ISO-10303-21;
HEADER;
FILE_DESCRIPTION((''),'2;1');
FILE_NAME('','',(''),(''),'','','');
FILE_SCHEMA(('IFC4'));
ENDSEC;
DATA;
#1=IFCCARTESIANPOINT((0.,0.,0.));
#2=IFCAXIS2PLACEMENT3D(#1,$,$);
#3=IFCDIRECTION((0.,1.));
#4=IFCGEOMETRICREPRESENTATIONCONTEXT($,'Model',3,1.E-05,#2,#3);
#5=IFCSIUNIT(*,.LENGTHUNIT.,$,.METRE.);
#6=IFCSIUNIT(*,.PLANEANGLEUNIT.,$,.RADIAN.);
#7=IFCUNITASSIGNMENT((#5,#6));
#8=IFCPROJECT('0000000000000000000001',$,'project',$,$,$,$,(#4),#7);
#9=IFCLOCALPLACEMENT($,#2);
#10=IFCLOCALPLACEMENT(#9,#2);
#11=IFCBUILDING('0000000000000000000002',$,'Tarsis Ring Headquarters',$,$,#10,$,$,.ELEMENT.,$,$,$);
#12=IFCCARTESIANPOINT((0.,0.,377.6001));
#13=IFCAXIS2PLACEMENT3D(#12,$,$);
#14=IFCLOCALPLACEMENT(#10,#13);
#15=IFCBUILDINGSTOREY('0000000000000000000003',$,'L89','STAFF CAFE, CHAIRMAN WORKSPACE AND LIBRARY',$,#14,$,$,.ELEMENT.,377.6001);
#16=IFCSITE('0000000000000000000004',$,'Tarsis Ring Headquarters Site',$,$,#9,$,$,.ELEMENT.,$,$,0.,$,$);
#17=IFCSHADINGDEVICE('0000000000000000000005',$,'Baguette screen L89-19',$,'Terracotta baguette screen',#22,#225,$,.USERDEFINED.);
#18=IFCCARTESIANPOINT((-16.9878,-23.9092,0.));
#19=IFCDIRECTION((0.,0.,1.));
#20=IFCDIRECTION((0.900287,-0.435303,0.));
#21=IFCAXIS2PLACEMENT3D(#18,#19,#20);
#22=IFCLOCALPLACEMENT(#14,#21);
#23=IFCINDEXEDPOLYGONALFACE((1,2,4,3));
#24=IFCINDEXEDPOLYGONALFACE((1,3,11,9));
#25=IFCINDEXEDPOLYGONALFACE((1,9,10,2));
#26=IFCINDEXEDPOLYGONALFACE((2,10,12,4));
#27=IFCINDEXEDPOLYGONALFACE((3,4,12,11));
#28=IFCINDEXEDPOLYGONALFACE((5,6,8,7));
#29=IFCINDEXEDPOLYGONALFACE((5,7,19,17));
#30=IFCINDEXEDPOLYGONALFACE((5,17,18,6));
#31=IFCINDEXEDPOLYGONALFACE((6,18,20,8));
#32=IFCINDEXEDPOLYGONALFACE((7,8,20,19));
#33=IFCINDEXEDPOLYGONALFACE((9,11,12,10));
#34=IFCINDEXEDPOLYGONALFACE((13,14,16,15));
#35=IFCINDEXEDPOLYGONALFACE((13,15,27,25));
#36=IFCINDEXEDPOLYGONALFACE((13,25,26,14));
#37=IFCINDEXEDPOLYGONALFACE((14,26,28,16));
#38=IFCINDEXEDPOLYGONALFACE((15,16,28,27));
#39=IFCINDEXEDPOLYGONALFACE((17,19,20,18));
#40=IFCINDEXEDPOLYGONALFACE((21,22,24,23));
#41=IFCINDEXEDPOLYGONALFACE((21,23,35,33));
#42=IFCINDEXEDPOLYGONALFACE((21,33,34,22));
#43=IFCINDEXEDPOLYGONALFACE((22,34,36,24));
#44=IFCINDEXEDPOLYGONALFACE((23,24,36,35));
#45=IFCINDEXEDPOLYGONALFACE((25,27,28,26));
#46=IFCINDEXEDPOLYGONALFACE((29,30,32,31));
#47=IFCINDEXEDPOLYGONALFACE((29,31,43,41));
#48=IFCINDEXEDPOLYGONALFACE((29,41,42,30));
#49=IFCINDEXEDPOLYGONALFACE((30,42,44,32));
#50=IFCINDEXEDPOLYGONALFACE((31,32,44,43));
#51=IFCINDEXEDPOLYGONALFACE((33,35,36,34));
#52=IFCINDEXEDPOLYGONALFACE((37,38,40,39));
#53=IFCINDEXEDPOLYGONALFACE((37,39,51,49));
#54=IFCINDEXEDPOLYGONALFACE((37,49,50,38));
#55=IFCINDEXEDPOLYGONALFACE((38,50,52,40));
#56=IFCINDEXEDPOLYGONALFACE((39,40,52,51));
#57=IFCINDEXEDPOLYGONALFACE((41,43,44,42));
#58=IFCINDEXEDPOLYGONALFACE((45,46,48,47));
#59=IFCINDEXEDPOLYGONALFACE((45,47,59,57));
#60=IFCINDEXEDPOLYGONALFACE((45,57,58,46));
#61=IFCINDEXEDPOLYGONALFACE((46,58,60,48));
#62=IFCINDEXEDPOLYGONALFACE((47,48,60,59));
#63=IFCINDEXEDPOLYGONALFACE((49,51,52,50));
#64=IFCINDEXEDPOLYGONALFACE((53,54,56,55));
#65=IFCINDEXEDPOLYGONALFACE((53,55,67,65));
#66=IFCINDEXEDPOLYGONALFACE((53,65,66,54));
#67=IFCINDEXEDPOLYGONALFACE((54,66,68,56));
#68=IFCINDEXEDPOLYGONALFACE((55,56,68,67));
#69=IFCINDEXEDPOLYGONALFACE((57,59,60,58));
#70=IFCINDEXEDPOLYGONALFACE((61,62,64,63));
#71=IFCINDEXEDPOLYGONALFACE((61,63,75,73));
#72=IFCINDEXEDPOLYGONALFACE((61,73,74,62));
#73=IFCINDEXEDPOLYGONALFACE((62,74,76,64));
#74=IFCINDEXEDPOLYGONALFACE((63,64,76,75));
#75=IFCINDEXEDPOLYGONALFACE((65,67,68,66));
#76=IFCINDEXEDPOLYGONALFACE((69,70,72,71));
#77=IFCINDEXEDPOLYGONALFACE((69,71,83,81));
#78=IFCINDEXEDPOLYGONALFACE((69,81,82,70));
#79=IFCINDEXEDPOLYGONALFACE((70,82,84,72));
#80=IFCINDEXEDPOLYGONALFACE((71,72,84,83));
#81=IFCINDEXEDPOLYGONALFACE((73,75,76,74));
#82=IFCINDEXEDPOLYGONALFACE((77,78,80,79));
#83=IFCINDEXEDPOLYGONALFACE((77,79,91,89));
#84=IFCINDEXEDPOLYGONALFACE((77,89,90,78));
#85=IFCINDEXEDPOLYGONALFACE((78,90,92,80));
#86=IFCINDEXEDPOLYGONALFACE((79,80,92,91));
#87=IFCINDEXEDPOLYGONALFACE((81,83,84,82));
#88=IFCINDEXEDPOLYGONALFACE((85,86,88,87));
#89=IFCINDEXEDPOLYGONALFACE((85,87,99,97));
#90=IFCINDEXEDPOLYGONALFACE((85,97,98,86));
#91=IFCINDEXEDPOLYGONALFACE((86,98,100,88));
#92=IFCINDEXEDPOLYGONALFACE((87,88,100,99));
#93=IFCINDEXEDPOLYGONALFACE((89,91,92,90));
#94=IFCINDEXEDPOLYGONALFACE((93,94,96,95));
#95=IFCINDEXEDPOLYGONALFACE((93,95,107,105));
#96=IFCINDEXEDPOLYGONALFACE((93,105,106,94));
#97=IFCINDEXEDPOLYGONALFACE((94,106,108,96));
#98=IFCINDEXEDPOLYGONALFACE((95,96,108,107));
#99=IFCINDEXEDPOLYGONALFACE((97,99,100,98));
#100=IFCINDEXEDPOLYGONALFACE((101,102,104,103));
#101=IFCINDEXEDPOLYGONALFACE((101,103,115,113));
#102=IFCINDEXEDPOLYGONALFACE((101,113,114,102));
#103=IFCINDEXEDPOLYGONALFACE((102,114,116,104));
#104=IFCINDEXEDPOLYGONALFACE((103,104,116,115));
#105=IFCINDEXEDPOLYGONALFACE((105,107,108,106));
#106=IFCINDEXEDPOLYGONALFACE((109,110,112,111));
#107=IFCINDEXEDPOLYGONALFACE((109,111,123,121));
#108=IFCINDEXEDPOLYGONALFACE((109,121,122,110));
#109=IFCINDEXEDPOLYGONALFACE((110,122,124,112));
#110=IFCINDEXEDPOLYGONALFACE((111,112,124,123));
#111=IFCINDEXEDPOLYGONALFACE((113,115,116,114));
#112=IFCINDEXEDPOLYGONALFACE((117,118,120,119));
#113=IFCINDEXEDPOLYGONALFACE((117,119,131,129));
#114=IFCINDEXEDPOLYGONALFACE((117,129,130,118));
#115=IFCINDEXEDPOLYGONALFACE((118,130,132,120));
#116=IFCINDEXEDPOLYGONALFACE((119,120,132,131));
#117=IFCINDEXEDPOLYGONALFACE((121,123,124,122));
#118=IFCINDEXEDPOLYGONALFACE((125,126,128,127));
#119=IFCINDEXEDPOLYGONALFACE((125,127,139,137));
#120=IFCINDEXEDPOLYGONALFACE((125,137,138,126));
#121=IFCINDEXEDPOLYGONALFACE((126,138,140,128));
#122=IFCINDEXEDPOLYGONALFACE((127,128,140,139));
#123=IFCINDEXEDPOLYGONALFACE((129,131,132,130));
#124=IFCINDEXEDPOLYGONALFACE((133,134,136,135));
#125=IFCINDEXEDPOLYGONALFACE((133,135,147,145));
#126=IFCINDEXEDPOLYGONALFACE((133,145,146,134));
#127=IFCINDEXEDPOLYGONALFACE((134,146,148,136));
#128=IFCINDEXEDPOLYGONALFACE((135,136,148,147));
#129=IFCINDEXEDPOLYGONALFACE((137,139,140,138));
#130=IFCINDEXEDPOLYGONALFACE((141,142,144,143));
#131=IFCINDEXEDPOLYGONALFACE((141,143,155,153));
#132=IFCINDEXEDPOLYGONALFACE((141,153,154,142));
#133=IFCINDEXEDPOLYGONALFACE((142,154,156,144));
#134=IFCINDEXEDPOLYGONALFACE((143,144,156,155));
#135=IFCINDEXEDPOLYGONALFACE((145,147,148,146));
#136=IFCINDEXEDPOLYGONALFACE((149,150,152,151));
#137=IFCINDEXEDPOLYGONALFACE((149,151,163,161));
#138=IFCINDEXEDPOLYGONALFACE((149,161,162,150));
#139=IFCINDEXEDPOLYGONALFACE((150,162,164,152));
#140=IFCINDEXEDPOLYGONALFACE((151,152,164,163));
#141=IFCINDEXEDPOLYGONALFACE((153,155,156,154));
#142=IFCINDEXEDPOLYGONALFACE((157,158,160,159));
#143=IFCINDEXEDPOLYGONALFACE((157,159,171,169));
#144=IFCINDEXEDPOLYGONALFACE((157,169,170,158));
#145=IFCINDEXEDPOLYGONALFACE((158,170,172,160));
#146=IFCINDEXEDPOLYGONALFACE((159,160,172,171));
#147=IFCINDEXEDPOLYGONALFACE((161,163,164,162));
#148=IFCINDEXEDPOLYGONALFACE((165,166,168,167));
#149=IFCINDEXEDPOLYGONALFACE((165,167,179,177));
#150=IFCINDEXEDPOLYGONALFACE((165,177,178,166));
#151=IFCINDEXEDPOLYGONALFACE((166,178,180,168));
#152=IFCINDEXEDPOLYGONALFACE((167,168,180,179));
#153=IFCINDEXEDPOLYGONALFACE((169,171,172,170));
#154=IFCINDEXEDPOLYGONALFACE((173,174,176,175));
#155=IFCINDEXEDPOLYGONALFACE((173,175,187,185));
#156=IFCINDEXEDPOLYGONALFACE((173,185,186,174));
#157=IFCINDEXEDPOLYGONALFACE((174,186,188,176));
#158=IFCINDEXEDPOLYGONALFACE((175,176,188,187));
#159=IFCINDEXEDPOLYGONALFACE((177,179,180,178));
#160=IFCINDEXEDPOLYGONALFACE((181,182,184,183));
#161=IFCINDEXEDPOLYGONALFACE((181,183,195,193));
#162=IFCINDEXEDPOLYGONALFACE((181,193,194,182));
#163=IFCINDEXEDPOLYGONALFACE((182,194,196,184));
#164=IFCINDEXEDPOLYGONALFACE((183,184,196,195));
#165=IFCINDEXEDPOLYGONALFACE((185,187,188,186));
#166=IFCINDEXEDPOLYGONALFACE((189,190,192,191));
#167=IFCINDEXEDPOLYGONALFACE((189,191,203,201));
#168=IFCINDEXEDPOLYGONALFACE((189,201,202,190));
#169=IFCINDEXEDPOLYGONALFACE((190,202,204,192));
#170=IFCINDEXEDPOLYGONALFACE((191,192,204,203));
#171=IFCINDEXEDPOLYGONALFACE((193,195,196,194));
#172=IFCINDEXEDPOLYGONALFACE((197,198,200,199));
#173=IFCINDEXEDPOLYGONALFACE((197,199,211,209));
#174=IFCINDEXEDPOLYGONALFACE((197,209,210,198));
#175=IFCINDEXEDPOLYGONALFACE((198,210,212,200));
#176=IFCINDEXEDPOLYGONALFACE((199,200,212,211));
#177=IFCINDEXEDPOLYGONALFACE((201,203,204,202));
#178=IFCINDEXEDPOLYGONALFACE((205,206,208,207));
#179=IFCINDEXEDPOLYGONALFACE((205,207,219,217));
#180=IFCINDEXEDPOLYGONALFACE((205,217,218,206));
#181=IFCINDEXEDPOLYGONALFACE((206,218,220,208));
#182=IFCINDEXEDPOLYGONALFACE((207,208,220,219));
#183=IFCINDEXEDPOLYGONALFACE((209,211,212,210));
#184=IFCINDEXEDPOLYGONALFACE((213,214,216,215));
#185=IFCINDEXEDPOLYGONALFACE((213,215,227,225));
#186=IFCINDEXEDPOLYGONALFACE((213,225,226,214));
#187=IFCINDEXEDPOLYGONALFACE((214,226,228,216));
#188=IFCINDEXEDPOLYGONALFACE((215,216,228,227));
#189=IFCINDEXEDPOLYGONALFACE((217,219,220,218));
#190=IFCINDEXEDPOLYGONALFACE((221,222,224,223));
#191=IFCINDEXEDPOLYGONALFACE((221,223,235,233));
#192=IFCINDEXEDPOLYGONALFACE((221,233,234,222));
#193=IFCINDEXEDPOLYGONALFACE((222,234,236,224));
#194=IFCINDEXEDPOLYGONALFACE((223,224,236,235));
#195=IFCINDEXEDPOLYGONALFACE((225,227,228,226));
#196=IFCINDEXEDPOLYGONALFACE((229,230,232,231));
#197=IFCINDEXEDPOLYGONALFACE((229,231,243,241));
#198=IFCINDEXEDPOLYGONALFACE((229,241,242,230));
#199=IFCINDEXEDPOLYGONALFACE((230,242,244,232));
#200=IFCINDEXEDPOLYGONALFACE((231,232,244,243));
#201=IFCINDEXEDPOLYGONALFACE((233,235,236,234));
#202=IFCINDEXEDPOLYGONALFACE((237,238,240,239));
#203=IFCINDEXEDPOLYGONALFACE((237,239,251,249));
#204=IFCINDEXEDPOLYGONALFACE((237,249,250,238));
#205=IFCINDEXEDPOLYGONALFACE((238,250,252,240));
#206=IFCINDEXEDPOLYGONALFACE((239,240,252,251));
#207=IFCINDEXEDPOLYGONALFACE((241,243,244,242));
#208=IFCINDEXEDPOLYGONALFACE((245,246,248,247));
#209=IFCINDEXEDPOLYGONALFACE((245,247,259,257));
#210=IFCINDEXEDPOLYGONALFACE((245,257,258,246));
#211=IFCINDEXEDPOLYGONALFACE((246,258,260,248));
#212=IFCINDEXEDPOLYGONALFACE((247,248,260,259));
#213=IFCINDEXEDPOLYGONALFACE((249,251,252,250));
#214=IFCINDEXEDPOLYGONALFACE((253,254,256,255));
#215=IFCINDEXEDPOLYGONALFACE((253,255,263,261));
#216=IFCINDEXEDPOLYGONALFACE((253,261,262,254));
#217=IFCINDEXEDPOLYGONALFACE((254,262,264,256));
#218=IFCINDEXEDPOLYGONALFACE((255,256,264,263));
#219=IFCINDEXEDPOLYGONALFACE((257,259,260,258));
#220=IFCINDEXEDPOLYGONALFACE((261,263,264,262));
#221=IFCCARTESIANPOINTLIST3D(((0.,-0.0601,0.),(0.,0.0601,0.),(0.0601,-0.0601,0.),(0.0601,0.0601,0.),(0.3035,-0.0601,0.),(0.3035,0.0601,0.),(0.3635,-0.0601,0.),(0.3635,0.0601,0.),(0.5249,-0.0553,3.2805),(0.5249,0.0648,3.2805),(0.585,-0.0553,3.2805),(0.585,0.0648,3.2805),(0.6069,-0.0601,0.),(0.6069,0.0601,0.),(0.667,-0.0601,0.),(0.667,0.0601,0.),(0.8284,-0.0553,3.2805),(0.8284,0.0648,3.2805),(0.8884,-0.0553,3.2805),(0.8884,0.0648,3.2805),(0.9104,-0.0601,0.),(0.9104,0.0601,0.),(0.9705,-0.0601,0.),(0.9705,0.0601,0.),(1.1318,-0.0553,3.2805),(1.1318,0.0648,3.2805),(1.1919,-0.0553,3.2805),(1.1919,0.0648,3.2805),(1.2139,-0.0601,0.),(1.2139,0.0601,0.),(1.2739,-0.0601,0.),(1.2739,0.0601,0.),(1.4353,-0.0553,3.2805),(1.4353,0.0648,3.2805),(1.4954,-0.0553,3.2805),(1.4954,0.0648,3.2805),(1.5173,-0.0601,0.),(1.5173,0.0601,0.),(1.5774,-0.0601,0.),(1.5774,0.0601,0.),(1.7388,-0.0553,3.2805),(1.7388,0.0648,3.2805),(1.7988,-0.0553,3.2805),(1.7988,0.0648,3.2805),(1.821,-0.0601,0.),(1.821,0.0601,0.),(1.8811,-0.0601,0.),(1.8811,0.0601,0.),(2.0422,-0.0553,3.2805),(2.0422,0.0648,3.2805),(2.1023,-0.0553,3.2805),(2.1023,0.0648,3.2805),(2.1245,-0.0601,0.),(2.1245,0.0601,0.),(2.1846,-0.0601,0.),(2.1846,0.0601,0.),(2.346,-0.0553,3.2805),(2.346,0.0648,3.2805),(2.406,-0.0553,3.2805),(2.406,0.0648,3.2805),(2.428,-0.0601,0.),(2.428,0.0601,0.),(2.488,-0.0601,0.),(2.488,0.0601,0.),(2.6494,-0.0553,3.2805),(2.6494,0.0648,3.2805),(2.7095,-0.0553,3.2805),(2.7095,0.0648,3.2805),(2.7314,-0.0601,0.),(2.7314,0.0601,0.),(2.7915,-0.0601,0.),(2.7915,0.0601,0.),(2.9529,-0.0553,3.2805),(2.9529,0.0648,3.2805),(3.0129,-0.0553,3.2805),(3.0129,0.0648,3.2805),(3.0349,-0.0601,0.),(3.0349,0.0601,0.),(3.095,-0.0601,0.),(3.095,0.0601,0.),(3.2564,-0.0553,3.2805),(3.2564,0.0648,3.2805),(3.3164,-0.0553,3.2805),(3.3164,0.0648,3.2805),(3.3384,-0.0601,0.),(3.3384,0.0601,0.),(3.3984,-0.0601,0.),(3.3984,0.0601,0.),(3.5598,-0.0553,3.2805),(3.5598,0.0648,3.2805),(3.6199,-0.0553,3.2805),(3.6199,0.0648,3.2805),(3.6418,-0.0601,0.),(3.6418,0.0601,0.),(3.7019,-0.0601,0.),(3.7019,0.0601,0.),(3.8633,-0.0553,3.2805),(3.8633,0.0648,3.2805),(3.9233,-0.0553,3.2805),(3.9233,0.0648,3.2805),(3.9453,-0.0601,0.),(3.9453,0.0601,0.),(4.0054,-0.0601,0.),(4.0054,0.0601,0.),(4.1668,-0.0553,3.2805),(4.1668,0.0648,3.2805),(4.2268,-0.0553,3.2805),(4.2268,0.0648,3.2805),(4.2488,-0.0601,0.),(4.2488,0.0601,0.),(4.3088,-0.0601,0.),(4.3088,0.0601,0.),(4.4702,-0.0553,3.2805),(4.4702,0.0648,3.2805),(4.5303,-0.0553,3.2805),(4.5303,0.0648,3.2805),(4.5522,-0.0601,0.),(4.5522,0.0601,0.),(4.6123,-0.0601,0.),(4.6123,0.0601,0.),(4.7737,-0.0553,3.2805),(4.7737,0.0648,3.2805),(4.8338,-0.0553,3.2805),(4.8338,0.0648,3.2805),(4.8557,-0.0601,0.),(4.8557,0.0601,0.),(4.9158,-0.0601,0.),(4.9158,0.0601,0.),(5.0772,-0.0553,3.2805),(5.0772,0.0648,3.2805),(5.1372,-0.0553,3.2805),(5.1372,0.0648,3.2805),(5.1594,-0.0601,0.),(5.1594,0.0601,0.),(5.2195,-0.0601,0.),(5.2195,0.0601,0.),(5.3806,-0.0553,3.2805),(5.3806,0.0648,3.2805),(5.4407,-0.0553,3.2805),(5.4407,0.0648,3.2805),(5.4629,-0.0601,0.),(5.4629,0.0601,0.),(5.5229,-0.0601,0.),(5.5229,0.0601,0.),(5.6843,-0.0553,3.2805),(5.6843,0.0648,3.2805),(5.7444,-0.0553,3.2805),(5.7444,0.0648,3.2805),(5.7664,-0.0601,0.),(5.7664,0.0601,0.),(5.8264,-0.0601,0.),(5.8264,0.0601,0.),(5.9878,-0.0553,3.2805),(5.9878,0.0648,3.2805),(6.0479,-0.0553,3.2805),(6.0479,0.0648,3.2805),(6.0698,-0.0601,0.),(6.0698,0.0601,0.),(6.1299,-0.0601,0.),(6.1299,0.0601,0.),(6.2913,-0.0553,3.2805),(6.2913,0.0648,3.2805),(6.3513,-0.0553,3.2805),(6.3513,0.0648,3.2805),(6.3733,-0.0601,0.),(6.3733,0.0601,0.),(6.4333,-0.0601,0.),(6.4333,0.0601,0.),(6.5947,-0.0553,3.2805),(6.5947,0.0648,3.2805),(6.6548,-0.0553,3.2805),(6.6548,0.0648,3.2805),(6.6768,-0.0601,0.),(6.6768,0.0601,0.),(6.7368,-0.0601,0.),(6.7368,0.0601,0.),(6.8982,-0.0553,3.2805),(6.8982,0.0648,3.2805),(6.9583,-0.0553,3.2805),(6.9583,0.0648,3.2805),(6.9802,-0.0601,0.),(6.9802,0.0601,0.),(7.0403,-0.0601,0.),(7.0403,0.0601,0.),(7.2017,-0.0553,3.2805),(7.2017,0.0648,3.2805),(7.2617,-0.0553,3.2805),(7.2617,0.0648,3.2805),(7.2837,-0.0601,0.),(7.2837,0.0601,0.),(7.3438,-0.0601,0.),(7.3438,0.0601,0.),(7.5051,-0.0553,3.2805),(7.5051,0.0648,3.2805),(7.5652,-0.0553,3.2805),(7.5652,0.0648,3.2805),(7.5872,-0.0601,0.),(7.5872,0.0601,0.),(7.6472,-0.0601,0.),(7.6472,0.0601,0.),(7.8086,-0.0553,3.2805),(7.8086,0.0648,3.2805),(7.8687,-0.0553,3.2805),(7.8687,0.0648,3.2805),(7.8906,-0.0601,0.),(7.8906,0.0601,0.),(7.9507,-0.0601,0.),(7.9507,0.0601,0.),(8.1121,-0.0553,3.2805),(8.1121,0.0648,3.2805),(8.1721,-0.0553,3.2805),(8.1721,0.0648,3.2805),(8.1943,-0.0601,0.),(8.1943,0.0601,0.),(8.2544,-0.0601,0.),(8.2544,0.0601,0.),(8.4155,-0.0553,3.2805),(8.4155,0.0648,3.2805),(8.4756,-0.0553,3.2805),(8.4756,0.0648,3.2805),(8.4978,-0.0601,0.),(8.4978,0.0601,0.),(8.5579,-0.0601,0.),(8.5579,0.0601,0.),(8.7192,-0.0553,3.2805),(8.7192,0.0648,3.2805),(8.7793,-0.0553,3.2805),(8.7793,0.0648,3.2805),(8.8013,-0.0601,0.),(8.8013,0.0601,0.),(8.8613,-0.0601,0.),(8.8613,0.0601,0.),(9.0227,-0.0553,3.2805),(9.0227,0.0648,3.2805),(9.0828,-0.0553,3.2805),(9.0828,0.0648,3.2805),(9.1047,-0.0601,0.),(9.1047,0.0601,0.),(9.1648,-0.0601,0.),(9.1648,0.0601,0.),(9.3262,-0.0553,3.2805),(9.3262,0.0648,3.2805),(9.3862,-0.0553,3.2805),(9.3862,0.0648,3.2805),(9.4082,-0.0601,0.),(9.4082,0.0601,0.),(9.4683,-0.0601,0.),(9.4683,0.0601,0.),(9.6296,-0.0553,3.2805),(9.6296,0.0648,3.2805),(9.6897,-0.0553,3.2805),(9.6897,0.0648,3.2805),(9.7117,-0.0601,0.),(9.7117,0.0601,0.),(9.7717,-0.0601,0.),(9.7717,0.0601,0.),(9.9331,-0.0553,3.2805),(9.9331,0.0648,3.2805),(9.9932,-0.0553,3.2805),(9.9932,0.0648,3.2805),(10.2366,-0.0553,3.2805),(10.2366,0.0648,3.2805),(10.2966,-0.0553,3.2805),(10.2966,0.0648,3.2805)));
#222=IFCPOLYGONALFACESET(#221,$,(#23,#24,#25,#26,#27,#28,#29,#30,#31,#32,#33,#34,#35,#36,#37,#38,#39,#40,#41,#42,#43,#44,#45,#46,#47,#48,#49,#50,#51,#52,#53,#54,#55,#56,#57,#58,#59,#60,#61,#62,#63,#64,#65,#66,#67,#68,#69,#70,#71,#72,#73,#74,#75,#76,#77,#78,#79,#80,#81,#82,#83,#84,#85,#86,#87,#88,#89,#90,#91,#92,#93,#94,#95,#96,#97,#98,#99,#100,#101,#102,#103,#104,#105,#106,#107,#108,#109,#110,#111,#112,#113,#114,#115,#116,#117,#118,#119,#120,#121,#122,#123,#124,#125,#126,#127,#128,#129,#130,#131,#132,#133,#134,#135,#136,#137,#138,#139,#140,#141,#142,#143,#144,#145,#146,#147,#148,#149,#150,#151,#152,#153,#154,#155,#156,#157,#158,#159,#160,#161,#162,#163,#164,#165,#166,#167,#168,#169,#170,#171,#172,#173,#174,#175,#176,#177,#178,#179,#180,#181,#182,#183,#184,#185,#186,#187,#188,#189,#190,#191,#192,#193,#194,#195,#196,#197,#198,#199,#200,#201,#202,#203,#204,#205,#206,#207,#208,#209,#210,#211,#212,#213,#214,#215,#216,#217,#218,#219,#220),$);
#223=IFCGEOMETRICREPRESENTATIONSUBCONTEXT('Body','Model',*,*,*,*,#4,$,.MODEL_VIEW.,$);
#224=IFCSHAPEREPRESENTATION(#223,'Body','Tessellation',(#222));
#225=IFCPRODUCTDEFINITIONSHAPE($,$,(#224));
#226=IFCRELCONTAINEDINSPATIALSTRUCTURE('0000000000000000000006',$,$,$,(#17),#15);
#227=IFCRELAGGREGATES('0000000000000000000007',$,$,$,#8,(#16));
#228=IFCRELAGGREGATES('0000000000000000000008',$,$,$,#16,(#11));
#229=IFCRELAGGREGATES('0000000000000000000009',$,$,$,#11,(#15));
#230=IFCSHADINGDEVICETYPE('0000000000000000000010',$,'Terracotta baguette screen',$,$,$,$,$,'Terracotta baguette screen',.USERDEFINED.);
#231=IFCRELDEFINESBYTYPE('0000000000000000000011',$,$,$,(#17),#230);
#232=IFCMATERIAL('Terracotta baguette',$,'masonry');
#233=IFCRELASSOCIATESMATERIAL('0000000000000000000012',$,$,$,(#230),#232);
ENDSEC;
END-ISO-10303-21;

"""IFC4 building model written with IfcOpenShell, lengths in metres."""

from ifc_helpers import new_model, si_unit, direction, frame, frame_2d, origin, place, context, subcontext, project, spatial, rectangle, composite_profile, extrude, material, type_object, element, save


model = new_model("IFC4")

# Units and contexts
model_context = context("Model", 3, precision=1e-05, world=origin(), true_north=direction((0.0, 1.0)))
body_context = subcontext(model_context, "Body", "Model", "MODEL_VIEW")
ifc_project = project(units=[si_unit("LENGTHUNIT", "METRE"), si_unit("PLANEANGLEUNIT", "RADIAN")], contexts=[model_context])

# Site, building, storey
site_placement = place(None, origin())
site = spatial("IfcSite", under=ifc_project, at=site_placement, Name="Tarsis Ring Headquarters Site", CompositionType="ELEMENT", RefElevation=0.0)
building_placement = place(site_placement, origin())
building = spatial("IfcBuilding", under=site, at=building_placement, Name="Tarsis Ring Headquarters", CompositionType="ELEMENT")
storey_placement = place(building_placement, frame((0.0, 0.0, 377.6001)))
storey = spatial("IfcBuildingStorey", under=building, at=storey_placement, Name="L89", Description="STAFF CAFE, CHAIRMAN WORKSPACE AND LIBRARY", CompositionType="ELEMENT", Elevation=377.6001)

# Shading device
ifc_material_1 = material(Name="Terracotta baguette", Category="masonry")
shading_device_type_1 = type_object("IfcShadingDeviceType", Name="Terracotta baguette screen", ElementType="Terracotta baguette screen", PredefinedType="USERDEFINED", material=ifc_material_1)
shading_device_1_placement = place(storey_placement, frame((-16.9878, -23.9092, 0.0), z_axis=(0.0, 0.0, 1.0), x_axis=(0.900287, -0.435303, 0.0)))
element("IfcShadingDevice", 1, at=shading_device_1_placement, inside=storey, type_object=shading_device_type_1, Name="Baguette screen L89-19", ObjectType="Terracotta baguette screen", PredefinedType="USERDEFINED", context=body_context, shape_type="SweptSolid", body=[
    extrude(composite_profile([rectangle(XDim=0.0601, YDim=0.1201, at=frame_2d((0.03, 0.0))), rectangle(XDim=0.0601, YDim=0.1201, at=frame_2d((0.3335, 0.0))), rectangle(XDim=0.0601, YDim=0.1201, at=frame_2d((0.637, 0.0))), rectangle(XDim=0.0601, YDim=0.1201, at=frame_2d((0.9404, 0.0))), rectangle(XDim=0.0601, YDim=0.1201, at=frame_2d((1.2439, 0.0))), rectangle(XDim=0.0601, YDim=0.1201, at=frame_2d((1.5474, 0.0))), rectangle(XDim=0.0601, YDim=0.1201, at=frame_2d((1.8511, 0.0))), rectangle(XDim=0.0601, YDim=0.1201, at=frame_2d((2.1545, 0.0))), rectangle(XDim=0.0601, YDim=0.1201, at=frame_2d((2.458, 0.0))), rectangle(XDim=0.0601, YDim=0.1201, at=frame_2d((2.7615, 0.0))), rectangle(XDim=0.0601, YDim=0.1201, at=frame_2d((3.0649, 0.0))), rectangle(XDim=0.0601, YDim=0.1201, at=frame_2d((3.3684, 0.0))), rectangle(XDim=0.0601, YDim=0.1201, at=frame_2d((3.6719, 0.0))), rectangle(XDim=0.0601, YDim=0.1201, at=frame_2d((3.9753, 0.0))), rectangle(XDim=0.0601, YDim=0.1201, at=frame_2d((4.2788, 0.0))), rectangle(XDim=0.0601, YDim=0.1201, at=frame_2d((4.5823, 0.0))), rectangle(XDim=0.0601, YDim=0.1201, at=frame_2d((4.8857, 0.0))), rectangle(XDim=0.0601, YDim=0.1201, at=frame_2d((5.1895, 0.0))), rectangle(XDim=0.0601, YDim=0.1201, at=frame_2d((5.4929, 0.0))), rectangle(XDim=0.0601, YDim=0.1201, at=frame_2d((5.7964, 0.0))), rectangle(XDim=0.0601, YDim=0.1201, at=frame_2d((6.0999, 0.0))), rectangle(XDim=0.0601, YDim=0.1201, at=frame_2d((6.4033, 0.0))), rectangle(XDim=0.0601, YDim=0.1201, at=frame_2d((6.7068, 0.0))), rectangle(XDim=0.0601, YDim=0.1201, at=frame_2d((7.0103, 0.0))), rectangle(XDim=0.0601, YDim=0.1201, at=frame_2d((7.3137, 0.0))), rectangle(XDim=0.0601, YDim=0.1201, at=frame_2d((7.6172, 0.0))), rectangle(XDim=0.0601, YDim=0.1201, at=frame_2d((7.9207, 0.0))), rectangle(XDim=0.0601, YDim=0.1201, at=frame_2d((8.2244, 0.0))), rectangle(XDim=0.0601, YDim=0.1201, at=frame_2d((8.5278, 0.0))), rectangle(XDim=0.0601, YDim=0.1201, at=frame_2d((8.8313, 0.0))), rectangle(XDim=0.0601, YDim=0.1201, at=frame_2d((9.1348, 0.0))), rectangle(XDim=0.0601, YDim=0.1201, at=frame_2d((9.4382, 0.0))), rectangle(XDim=0.0601, YDim=0.1201, at=frame_2d((9.7417, 0.0)))]), origin(), (0.157998, 0.001433, 0.987438), 3.3223),
])

save(model, "model.ifc")
